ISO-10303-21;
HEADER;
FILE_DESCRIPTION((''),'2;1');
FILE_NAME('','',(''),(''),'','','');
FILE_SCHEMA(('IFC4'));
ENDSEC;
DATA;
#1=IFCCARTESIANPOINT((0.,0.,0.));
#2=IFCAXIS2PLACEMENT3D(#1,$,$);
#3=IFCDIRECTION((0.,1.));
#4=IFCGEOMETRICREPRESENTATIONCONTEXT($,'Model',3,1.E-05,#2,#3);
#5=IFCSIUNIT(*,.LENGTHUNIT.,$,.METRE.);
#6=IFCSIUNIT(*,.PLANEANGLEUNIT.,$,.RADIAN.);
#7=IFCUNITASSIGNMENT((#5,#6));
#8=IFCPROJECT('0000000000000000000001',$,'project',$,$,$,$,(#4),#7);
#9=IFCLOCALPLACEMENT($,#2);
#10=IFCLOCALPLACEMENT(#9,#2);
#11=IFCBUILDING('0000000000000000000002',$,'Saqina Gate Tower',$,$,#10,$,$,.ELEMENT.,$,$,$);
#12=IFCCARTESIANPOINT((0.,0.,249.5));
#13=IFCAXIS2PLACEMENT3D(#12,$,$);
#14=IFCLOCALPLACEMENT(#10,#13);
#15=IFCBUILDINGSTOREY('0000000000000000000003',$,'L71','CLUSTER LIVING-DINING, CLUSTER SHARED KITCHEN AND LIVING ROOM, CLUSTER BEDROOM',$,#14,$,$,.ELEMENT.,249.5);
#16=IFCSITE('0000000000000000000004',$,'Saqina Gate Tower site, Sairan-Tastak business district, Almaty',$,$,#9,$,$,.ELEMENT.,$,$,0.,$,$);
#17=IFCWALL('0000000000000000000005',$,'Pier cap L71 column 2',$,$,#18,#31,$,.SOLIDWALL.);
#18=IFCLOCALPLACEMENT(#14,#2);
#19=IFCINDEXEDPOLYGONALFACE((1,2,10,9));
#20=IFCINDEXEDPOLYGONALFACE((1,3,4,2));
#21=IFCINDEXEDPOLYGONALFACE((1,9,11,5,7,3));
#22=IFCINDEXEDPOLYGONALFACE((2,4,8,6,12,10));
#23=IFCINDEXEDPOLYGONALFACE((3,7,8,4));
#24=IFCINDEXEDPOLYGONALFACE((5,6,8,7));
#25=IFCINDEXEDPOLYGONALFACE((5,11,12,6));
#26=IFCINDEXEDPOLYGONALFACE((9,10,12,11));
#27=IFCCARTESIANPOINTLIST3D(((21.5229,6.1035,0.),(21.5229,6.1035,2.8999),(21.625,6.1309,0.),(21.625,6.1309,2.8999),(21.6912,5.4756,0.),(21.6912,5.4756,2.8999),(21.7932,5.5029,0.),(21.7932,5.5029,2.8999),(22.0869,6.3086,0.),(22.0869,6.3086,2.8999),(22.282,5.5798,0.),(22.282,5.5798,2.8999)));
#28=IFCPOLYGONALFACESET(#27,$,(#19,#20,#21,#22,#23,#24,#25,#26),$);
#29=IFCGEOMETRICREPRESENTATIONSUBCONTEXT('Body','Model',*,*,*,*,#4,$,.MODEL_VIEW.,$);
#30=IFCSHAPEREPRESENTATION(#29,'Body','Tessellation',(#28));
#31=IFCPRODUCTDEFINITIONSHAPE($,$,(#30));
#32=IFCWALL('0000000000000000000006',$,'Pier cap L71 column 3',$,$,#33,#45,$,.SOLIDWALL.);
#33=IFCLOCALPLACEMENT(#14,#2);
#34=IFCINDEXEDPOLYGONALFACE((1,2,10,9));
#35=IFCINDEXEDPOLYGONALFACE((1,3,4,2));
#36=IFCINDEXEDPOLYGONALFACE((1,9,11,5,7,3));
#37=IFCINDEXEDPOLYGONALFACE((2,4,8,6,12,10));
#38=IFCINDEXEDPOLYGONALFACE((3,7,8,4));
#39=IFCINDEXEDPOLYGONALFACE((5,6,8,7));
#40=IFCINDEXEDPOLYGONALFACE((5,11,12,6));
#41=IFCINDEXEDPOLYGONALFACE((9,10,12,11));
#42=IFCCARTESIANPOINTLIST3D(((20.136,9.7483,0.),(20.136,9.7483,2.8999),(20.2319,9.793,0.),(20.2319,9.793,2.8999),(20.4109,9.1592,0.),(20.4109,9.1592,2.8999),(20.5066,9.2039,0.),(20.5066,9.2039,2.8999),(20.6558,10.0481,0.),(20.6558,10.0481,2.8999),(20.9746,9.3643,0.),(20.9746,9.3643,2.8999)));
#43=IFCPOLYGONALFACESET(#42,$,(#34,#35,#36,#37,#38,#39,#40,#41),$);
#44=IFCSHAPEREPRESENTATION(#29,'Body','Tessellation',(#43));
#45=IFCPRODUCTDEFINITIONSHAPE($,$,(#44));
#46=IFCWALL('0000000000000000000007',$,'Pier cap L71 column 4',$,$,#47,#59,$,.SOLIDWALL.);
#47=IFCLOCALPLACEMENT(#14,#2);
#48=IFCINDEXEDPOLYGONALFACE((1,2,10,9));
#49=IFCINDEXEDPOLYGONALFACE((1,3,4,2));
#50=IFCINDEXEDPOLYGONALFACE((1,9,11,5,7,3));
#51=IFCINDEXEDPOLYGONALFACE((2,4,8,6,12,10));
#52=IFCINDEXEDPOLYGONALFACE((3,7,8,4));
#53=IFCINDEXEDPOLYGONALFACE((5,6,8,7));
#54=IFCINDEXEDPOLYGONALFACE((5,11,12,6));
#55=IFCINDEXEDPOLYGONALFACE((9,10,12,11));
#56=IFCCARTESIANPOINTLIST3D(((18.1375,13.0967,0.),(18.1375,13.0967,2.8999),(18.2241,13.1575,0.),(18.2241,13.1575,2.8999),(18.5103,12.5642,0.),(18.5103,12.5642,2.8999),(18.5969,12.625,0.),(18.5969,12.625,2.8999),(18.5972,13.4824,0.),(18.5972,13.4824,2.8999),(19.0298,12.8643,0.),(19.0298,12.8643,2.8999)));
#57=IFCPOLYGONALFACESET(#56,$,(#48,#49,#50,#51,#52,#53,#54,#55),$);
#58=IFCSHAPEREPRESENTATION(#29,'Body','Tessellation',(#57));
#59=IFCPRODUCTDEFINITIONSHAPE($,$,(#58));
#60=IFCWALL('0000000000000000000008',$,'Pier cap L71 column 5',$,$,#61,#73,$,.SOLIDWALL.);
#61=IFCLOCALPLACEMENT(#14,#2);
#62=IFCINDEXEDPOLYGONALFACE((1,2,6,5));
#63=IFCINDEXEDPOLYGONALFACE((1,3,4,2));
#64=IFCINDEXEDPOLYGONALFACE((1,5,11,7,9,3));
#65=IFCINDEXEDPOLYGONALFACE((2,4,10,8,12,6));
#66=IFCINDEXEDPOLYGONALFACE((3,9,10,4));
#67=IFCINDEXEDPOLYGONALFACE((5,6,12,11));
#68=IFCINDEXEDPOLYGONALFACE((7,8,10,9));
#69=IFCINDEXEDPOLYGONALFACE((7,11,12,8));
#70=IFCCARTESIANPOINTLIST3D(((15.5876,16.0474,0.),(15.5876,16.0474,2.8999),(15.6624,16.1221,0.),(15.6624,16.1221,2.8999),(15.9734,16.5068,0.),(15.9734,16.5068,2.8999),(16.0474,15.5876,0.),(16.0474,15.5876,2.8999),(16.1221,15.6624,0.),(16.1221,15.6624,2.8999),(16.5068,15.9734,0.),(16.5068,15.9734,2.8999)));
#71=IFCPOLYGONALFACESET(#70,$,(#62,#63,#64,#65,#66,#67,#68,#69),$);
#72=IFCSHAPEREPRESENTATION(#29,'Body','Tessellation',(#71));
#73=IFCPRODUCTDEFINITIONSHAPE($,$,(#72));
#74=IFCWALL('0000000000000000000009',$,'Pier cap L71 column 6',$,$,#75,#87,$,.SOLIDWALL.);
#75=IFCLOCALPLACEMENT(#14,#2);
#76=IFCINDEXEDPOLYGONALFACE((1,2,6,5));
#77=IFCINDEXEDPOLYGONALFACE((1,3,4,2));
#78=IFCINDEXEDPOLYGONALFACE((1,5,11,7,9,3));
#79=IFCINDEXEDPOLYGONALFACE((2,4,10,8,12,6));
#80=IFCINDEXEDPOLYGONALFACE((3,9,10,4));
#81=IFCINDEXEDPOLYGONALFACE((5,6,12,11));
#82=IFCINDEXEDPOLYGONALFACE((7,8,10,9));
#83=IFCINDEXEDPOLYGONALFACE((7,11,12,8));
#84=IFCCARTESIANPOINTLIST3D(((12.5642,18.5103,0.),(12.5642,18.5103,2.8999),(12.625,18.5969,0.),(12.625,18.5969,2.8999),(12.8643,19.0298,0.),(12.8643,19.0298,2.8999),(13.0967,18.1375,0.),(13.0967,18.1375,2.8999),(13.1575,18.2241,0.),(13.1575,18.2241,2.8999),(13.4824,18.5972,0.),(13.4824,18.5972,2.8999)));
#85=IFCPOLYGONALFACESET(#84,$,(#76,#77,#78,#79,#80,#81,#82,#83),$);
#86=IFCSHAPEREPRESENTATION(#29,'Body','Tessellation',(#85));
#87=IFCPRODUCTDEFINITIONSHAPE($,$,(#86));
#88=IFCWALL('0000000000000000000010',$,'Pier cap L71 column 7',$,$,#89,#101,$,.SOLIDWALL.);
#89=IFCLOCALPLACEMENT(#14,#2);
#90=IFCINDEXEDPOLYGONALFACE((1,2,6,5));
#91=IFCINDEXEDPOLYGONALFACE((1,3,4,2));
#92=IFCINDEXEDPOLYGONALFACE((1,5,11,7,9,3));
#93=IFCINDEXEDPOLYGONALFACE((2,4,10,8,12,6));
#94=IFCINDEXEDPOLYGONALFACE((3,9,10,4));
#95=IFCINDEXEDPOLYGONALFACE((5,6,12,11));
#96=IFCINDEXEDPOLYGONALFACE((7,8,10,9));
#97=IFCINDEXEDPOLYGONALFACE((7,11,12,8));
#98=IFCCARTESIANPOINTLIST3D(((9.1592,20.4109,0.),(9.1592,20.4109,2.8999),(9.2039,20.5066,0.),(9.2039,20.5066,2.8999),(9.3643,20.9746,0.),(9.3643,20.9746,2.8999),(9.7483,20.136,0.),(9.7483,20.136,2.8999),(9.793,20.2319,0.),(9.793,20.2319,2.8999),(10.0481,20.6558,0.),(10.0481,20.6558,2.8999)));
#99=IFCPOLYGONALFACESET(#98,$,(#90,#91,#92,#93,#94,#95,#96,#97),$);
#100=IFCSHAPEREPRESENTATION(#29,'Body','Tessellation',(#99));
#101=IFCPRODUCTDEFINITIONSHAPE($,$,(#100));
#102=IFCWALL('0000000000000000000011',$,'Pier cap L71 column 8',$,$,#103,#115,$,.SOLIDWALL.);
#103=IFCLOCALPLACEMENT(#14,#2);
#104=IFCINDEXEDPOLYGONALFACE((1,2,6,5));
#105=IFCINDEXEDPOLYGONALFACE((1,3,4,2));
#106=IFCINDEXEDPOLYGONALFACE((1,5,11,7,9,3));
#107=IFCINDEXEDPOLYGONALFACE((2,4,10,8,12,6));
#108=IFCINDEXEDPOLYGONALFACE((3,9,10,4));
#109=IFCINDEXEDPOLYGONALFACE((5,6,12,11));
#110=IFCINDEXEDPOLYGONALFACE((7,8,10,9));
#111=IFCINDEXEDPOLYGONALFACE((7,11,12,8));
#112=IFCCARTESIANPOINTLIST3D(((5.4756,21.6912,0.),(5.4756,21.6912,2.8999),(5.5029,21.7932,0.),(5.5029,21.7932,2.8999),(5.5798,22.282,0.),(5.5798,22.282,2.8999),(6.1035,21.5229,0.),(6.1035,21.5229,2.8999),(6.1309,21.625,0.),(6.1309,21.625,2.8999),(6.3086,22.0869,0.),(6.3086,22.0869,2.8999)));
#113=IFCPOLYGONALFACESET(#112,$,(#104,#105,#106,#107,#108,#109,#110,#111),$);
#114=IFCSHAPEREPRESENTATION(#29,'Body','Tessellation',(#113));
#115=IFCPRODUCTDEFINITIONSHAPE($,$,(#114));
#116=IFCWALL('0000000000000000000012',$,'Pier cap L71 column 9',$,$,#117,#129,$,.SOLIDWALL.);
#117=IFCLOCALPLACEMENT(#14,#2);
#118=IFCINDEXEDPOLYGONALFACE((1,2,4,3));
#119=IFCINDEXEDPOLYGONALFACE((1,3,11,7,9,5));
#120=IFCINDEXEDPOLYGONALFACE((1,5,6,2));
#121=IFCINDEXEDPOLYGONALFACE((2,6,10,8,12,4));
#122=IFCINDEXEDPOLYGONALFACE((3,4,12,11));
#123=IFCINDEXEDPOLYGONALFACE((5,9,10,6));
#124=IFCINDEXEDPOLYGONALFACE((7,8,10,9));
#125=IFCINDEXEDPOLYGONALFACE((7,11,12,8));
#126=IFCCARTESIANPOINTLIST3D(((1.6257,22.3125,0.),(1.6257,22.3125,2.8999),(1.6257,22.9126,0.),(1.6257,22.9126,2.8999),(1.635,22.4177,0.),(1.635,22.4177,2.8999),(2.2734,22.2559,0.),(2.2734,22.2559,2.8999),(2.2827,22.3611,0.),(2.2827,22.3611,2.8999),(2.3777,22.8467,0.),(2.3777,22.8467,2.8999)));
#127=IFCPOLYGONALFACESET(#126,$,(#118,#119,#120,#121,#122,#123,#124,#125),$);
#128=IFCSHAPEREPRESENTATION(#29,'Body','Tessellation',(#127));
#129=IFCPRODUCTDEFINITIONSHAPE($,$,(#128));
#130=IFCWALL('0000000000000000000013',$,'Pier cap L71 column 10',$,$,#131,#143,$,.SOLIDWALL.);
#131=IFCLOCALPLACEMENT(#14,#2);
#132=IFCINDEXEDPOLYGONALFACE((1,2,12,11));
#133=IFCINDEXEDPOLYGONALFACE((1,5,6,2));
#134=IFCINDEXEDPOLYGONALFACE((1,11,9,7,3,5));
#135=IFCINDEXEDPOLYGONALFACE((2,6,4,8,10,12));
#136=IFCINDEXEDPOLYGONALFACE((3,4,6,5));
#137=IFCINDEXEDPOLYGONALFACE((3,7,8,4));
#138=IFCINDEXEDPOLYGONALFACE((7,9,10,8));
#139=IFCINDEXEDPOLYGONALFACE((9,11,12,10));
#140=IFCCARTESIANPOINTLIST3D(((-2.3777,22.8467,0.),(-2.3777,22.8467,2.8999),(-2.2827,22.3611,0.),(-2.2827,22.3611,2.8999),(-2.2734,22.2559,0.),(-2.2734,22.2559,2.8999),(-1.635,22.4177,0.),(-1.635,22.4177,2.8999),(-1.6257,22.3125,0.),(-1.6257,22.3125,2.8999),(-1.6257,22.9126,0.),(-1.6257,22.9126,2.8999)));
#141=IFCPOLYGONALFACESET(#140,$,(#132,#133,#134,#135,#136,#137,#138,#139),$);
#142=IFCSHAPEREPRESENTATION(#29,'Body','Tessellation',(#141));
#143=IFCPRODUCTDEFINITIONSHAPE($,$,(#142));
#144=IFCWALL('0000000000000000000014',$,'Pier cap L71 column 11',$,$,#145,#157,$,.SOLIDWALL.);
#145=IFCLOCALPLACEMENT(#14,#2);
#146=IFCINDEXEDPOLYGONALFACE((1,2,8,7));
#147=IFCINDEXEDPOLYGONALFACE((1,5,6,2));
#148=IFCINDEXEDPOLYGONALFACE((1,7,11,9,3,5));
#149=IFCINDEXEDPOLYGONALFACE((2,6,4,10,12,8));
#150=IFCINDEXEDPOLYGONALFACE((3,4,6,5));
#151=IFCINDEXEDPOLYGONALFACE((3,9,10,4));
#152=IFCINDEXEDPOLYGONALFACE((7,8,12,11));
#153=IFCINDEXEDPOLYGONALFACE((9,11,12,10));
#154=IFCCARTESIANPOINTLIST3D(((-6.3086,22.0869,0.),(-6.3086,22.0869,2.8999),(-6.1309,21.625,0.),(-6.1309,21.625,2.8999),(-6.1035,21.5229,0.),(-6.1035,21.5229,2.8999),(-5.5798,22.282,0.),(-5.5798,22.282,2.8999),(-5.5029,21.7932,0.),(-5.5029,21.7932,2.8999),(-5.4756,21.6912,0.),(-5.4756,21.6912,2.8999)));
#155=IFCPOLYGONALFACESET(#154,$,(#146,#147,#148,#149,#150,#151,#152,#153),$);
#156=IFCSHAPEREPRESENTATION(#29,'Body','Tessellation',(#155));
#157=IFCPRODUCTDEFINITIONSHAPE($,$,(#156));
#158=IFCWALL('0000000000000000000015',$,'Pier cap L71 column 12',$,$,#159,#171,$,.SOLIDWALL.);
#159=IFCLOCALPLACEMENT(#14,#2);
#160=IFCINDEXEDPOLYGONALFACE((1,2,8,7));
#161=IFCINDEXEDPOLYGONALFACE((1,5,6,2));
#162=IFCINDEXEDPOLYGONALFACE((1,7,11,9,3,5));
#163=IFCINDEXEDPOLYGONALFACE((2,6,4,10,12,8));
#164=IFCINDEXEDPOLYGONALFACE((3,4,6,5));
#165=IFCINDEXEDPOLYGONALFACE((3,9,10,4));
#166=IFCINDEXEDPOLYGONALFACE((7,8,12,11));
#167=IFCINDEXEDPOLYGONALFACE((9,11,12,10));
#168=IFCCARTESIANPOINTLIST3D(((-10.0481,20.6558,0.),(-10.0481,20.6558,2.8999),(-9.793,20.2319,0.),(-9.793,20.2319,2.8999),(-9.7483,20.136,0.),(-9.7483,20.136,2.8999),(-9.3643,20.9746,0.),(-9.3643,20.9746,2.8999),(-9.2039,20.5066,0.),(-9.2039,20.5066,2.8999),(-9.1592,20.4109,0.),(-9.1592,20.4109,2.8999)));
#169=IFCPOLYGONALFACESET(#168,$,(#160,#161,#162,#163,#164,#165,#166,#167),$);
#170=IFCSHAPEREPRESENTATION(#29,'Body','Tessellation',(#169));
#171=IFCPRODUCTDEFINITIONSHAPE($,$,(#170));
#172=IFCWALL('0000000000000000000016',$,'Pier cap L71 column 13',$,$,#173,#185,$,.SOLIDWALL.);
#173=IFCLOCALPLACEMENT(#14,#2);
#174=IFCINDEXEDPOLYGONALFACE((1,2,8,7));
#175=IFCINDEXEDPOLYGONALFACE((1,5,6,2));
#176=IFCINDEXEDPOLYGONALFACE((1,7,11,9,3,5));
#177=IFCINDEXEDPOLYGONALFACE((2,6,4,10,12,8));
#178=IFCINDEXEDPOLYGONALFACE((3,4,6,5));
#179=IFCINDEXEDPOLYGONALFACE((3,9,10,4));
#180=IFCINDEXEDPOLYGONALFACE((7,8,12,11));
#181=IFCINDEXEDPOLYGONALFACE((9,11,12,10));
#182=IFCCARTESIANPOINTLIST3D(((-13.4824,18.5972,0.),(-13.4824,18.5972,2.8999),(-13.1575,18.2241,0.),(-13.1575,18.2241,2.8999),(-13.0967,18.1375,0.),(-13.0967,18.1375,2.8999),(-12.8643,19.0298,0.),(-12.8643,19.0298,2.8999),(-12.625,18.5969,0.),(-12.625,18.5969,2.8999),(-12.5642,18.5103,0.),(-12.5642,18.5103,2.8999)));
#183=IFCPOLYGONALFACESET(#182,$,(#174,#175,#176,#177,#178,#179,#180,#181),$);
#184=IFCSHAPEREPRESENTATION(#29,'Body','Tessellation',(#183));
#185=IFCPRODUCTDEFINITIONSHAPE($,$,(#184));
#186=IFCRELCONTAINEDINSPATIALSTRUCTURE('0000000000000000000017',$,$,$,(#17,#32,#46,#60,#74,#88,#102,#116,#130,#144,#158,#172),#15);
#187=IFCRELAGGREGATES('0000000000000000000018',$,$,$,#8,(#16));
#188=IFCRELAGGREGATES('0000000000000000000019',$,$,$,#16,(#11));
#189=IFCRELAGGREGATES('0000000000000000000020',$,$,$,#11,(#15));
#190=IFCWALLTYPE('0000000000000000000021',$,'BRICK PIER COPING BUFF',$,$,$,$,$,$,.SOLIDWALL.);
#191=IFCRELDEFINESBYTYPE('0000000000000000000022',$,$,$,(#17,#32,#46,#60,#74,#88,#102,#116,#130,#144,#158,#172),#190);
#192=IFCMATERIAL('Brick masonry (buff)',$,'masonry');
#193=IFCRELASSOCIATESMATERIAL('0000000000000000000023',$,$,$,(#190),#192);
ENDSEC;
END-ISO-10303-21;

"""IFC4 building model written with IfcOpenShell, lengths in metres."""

from ifc_helpers import new_model, si_unit, direction, frame, origin, place, context, subcontext, project, spatial, polyline, outline, extrude, material, type_object, element, save


model = new_model("IFC4")

# Units and contexts
model_context = context("Model", 3, precision=1e-05, world=origin(), true_north=direction((0.0, 1.0)))
body_context = subcontext(model_context, "Body", "Model", "MODEL_VIEW")
ifc_project = project(units=[si_unit("LENGTHUNIT", "METRE"), si_unit("PLANEANGLEUNIT", "RADIAN")], contexts=[model_context])

# Site, building, storey
site_placement = place(None, origin())
site = spatial("IfcSite", under=ifc_project, at=site_placement, Name="Saqina Gate Tower site, Sairan-Tastak business district, Almaty", CompositionType="ELEMENT", RefElevation=0.0)
building_placement = place(site_placement, origin())
building = spatial("IfcBuilding", under=site, at=building_placement, Name="Saqina Gate Tower", CompositionType="ELEMENT")
storey_placement = place(building_placement, frame((0.0, 0.0, 249.5)))
storey = spatial("IfcBuildingStorey", under=building, at=storey_placement, Name="L71", Description="CLUSTER LIVING-DINING, CLUSTER SHARED KITCHEN AND LIVING ROOM, CLUSTER BEDROOM", CompositionType="ELEMENT", Elevation=249.5)

# Walls
ifc_material_1 = material(Name="Brick masonry (buff)", Category="masonry")
wall_type_1 = type_object("IfcWallType", Name="BRICK PIER COPING BUFF", PredefinedType="SOLIDWALL", material=ifc_material_1)
wall_1_placement = place(storey_placement, origin())
element("IfcWall", 1, at=wall_1_placement, inside=storey, type_object=wall_type_1, Name="Pier cap L71 column 2", PredefinedType="SOLIDWALL", context=body_context, shape_type="SweptSolid", body=[
    extrude(outline(polyline([(22.0869, 6.3086), (21.5229, 6.1035), (21.625, 6.1309), (21.7932, 5.5029), (21.6912, 5.4756), (22.282, 5.5798), (22.0869, 6.3086)])), origin(), (0.0, 0.0, 1.0), 2.8999),
])
wall_2_placement = place(storey_placement, origin())
element("IfcWall", 2, at=wall_2_placement, inside=storey, type_object=wall_type_1, Name="Pier cap L71 column 3", PredefinedType="SOLIDWALL", context=body_context, shape_type="SweptSolid", body=[
    extrude(outline(polyline([(20.9746, 9.3643), (20.6558, 10.0481), (20.136, 9.7483), (20.2319, 9.793), (20.5066, 9.2039), (20.4109, 9.1592), (20.9746, 9.3643)])), origin(), (0.0, 0.0, 1.0), 2.8999),
])
wall_3_placement = place(storey_placement, origin())
element("IfcWall", 3, at=wall_3_placement, inside=storey, type_object=wall_type_1, Name="Pier cap L71 column 4", PredefinedType="SOLIDWALL", context=body_context, shape_type="SweptSolid", body=[
    extrude(outline(polyline([(19.0298, 12.8643), (18.5972, 13.4824), (18.1375, 13.0967), (18.2241, 13.1575), (18.5969, 12.625), (18.5103, 12.5642), (19.0298, 12.8643)])), origin(), (0.0, 0.0, 1.0), 2.8999),
])
wall_4_placement = place(storey_placement, origin())
element("IfcWall", 4, at=wall_4_placement, inside=storey, type_object=wall_type_1, Name="Pier cap L71 column 5", PredefinedType="SOLIDWALL", context=body_context, shape_type="SweptSolid", body=[
    extrude(outline(polyline([(15.9734, 16.5068), (15.5876, 16.0474), (15.6624, 16.1221), (16.1221, 15.6624), (16.0474, 15.5876), (16.5068, 15.9734), (15.9734, 16.5068)])), origin(), (0.0, 0.0, 1.0), 2.8999),
])
wall_5_placement = place(storey_placement, origin())
element("IfcWall", 5, at=wall_5_placement, inside=storey, type_object=wall_type_1, Name="Pier cap L71 column 6", PredefinedType="SOLIDWALL", context=body_context, shape_type="SweptSolid", body=[
    extrude(outline(polyline([(12.8643, 19.0298), (12.5642, 18.5103), (12.625, 18.5969), (13.1575, 18.2241), (13.0967, 18.1375), (13.4824, 18.5972), (12.8643, 19.0298)])), origin(), (0.0, 0.0, 1.0), 2.8999),
])
wall_6_placement = place(storey_placement, origin())
element("IfcWall", 6, at=wall_6_placement, inside=storey, type_object=wall_type_1, Name="Pier cap L71 column 7", PredefinedType="SOLIDWALL", context=body_context, shape_type="SweptSolid", body=[
    extrude(outline(polyline([(10.0481, 20.6558), (9.3643, 20.9746), (9.1592, 20.4109), (9.2039, 20.5066), (9.793, 20.2319), (9.7483, 20.136), (10.0481, 20.6558)])), origin(), (0.0, 0.0, 1.0), 2.8999),
])
wall_7_placement = place(storey_placement, origin())
element("IfcWall", 7, at=wall_7_placement, inside=storey, type_object=wall_type_1, Name="Pier cap L71 column 8", PredefinedType="SOLIDWALL", context=body_context, shape_type="SweptSolid", body=[
    extrude(outline(polyline([(5.5798, 22.282), (5.4756, 21.6912), (5.5029, 21.7932), (6.1309, 21.625), (6.1035, 21.5229), (6.3086, 22.0869), (5.5798, 22.282)])), origin(), (0.0, 0.0, 1.0), 2.8999),
])
wall_8_placement = place(storey_placement, origin())
element("IfcWall", 8, at=wall_8_placement, inside=storey, type_object=wall_type_1, Name="Pier cap L71 column 9", PredefinedType="SOLIDWALL", context=body_context, shape_type="SweptSolid", body=[
    extrude(outline(polyline([(2.3777, 22.8467), (1.6257, 22.9126), (1.6257, 22.3125), (1.635, 22.4177), (2.2827, 22.3611), (2.2734, 22.2559), (2.3777, 22.8467)])), origin(), (0.0, 0.0, 1.0), 2.8999),
])
wall_9_placement = place(storey_placement, origin())
element("IfcWall", 9, at=wall_9_placement, inside=storey, type_object=wall_type_1, Name="Pier cap L71 column 10", PredefinedType="SOLIDWALL", context=body_context, shape_type="SweptSolid", body=[
    extrude(outline(polyline([(-1.6257, 22.9126), (-2.3777, 22.8467), (-2.2734, 22.2559), (-2.2827, 22.3611), (-1.635, 22.4177), (-1.6257, 22.3125), (-1.6257, 22.9126)])), origin(), (0.0, 0.0, 1.0), 2.8999),
])
wall_10_placement = place(storey_placement, origin())
element("IfcWall", 10, at=wall_10_placement, inside=storey, type_object=wall_type_1, Name="Pier cap L71 column 11", PredefinedType="SOLIDWALL", context=body_context, shape_type="SweptSolid", body=[
    extrude(outline(polyline([(-6.3086, 22.0869), (-6.1035, 21.5229), (-6.1309, 21.625), (-5.5029, 21.7932), (-5.4756, 21.6912), (-5.5798, 22.282), (-6.3086, 22.0869)])), origin(), (0.0, 0.0, 1.0), 2.8999),
])
wall_11_placement = place(storey_placement, origin())
element("IfcWall", 11, at=wall_11_placement, inside=storey, type_object=wall_type_1, Name="Pier cap L71 column 12", PredefinedType="SOLIDWALL", context=body_context, shape_type="SweptSolid", body=[
    extrude(outline(polyline([(-9.3643, 20.9746), (-10.0481, 20.6558), (-9.7483, 20.136), (-9.793, 20.2319), (-9.2039, 20.5066), (-9.1592, 20.4109), (-9.3643, 20.9746)])), origin(), (0.0, 0.0, 1.0), 2.8999),
])
wall_12_placement = place(storey_placement, origin())
element("IfcWall", 12, at=wall_12_placement, inside=storey, type_object=wall_type_1, Name="Pier cap L71 column 13", PredefinedType="SOLIDWALL", context=body_context, shape_type="SweptSolid", body=[
    extrude(outline(polyline([(-12.8643, 19.0298), (-13.4824, 18.5972), (-13.0967, 18.1375), (-13.1575, 18.2241), (-12.625, 18.5969), (-12.5642, 18.5103), (-12.8643, 19.0298)])), origin(), (0.0, 0.0, 1.0), 2.8999),
])

save(model, "model.ifc")
